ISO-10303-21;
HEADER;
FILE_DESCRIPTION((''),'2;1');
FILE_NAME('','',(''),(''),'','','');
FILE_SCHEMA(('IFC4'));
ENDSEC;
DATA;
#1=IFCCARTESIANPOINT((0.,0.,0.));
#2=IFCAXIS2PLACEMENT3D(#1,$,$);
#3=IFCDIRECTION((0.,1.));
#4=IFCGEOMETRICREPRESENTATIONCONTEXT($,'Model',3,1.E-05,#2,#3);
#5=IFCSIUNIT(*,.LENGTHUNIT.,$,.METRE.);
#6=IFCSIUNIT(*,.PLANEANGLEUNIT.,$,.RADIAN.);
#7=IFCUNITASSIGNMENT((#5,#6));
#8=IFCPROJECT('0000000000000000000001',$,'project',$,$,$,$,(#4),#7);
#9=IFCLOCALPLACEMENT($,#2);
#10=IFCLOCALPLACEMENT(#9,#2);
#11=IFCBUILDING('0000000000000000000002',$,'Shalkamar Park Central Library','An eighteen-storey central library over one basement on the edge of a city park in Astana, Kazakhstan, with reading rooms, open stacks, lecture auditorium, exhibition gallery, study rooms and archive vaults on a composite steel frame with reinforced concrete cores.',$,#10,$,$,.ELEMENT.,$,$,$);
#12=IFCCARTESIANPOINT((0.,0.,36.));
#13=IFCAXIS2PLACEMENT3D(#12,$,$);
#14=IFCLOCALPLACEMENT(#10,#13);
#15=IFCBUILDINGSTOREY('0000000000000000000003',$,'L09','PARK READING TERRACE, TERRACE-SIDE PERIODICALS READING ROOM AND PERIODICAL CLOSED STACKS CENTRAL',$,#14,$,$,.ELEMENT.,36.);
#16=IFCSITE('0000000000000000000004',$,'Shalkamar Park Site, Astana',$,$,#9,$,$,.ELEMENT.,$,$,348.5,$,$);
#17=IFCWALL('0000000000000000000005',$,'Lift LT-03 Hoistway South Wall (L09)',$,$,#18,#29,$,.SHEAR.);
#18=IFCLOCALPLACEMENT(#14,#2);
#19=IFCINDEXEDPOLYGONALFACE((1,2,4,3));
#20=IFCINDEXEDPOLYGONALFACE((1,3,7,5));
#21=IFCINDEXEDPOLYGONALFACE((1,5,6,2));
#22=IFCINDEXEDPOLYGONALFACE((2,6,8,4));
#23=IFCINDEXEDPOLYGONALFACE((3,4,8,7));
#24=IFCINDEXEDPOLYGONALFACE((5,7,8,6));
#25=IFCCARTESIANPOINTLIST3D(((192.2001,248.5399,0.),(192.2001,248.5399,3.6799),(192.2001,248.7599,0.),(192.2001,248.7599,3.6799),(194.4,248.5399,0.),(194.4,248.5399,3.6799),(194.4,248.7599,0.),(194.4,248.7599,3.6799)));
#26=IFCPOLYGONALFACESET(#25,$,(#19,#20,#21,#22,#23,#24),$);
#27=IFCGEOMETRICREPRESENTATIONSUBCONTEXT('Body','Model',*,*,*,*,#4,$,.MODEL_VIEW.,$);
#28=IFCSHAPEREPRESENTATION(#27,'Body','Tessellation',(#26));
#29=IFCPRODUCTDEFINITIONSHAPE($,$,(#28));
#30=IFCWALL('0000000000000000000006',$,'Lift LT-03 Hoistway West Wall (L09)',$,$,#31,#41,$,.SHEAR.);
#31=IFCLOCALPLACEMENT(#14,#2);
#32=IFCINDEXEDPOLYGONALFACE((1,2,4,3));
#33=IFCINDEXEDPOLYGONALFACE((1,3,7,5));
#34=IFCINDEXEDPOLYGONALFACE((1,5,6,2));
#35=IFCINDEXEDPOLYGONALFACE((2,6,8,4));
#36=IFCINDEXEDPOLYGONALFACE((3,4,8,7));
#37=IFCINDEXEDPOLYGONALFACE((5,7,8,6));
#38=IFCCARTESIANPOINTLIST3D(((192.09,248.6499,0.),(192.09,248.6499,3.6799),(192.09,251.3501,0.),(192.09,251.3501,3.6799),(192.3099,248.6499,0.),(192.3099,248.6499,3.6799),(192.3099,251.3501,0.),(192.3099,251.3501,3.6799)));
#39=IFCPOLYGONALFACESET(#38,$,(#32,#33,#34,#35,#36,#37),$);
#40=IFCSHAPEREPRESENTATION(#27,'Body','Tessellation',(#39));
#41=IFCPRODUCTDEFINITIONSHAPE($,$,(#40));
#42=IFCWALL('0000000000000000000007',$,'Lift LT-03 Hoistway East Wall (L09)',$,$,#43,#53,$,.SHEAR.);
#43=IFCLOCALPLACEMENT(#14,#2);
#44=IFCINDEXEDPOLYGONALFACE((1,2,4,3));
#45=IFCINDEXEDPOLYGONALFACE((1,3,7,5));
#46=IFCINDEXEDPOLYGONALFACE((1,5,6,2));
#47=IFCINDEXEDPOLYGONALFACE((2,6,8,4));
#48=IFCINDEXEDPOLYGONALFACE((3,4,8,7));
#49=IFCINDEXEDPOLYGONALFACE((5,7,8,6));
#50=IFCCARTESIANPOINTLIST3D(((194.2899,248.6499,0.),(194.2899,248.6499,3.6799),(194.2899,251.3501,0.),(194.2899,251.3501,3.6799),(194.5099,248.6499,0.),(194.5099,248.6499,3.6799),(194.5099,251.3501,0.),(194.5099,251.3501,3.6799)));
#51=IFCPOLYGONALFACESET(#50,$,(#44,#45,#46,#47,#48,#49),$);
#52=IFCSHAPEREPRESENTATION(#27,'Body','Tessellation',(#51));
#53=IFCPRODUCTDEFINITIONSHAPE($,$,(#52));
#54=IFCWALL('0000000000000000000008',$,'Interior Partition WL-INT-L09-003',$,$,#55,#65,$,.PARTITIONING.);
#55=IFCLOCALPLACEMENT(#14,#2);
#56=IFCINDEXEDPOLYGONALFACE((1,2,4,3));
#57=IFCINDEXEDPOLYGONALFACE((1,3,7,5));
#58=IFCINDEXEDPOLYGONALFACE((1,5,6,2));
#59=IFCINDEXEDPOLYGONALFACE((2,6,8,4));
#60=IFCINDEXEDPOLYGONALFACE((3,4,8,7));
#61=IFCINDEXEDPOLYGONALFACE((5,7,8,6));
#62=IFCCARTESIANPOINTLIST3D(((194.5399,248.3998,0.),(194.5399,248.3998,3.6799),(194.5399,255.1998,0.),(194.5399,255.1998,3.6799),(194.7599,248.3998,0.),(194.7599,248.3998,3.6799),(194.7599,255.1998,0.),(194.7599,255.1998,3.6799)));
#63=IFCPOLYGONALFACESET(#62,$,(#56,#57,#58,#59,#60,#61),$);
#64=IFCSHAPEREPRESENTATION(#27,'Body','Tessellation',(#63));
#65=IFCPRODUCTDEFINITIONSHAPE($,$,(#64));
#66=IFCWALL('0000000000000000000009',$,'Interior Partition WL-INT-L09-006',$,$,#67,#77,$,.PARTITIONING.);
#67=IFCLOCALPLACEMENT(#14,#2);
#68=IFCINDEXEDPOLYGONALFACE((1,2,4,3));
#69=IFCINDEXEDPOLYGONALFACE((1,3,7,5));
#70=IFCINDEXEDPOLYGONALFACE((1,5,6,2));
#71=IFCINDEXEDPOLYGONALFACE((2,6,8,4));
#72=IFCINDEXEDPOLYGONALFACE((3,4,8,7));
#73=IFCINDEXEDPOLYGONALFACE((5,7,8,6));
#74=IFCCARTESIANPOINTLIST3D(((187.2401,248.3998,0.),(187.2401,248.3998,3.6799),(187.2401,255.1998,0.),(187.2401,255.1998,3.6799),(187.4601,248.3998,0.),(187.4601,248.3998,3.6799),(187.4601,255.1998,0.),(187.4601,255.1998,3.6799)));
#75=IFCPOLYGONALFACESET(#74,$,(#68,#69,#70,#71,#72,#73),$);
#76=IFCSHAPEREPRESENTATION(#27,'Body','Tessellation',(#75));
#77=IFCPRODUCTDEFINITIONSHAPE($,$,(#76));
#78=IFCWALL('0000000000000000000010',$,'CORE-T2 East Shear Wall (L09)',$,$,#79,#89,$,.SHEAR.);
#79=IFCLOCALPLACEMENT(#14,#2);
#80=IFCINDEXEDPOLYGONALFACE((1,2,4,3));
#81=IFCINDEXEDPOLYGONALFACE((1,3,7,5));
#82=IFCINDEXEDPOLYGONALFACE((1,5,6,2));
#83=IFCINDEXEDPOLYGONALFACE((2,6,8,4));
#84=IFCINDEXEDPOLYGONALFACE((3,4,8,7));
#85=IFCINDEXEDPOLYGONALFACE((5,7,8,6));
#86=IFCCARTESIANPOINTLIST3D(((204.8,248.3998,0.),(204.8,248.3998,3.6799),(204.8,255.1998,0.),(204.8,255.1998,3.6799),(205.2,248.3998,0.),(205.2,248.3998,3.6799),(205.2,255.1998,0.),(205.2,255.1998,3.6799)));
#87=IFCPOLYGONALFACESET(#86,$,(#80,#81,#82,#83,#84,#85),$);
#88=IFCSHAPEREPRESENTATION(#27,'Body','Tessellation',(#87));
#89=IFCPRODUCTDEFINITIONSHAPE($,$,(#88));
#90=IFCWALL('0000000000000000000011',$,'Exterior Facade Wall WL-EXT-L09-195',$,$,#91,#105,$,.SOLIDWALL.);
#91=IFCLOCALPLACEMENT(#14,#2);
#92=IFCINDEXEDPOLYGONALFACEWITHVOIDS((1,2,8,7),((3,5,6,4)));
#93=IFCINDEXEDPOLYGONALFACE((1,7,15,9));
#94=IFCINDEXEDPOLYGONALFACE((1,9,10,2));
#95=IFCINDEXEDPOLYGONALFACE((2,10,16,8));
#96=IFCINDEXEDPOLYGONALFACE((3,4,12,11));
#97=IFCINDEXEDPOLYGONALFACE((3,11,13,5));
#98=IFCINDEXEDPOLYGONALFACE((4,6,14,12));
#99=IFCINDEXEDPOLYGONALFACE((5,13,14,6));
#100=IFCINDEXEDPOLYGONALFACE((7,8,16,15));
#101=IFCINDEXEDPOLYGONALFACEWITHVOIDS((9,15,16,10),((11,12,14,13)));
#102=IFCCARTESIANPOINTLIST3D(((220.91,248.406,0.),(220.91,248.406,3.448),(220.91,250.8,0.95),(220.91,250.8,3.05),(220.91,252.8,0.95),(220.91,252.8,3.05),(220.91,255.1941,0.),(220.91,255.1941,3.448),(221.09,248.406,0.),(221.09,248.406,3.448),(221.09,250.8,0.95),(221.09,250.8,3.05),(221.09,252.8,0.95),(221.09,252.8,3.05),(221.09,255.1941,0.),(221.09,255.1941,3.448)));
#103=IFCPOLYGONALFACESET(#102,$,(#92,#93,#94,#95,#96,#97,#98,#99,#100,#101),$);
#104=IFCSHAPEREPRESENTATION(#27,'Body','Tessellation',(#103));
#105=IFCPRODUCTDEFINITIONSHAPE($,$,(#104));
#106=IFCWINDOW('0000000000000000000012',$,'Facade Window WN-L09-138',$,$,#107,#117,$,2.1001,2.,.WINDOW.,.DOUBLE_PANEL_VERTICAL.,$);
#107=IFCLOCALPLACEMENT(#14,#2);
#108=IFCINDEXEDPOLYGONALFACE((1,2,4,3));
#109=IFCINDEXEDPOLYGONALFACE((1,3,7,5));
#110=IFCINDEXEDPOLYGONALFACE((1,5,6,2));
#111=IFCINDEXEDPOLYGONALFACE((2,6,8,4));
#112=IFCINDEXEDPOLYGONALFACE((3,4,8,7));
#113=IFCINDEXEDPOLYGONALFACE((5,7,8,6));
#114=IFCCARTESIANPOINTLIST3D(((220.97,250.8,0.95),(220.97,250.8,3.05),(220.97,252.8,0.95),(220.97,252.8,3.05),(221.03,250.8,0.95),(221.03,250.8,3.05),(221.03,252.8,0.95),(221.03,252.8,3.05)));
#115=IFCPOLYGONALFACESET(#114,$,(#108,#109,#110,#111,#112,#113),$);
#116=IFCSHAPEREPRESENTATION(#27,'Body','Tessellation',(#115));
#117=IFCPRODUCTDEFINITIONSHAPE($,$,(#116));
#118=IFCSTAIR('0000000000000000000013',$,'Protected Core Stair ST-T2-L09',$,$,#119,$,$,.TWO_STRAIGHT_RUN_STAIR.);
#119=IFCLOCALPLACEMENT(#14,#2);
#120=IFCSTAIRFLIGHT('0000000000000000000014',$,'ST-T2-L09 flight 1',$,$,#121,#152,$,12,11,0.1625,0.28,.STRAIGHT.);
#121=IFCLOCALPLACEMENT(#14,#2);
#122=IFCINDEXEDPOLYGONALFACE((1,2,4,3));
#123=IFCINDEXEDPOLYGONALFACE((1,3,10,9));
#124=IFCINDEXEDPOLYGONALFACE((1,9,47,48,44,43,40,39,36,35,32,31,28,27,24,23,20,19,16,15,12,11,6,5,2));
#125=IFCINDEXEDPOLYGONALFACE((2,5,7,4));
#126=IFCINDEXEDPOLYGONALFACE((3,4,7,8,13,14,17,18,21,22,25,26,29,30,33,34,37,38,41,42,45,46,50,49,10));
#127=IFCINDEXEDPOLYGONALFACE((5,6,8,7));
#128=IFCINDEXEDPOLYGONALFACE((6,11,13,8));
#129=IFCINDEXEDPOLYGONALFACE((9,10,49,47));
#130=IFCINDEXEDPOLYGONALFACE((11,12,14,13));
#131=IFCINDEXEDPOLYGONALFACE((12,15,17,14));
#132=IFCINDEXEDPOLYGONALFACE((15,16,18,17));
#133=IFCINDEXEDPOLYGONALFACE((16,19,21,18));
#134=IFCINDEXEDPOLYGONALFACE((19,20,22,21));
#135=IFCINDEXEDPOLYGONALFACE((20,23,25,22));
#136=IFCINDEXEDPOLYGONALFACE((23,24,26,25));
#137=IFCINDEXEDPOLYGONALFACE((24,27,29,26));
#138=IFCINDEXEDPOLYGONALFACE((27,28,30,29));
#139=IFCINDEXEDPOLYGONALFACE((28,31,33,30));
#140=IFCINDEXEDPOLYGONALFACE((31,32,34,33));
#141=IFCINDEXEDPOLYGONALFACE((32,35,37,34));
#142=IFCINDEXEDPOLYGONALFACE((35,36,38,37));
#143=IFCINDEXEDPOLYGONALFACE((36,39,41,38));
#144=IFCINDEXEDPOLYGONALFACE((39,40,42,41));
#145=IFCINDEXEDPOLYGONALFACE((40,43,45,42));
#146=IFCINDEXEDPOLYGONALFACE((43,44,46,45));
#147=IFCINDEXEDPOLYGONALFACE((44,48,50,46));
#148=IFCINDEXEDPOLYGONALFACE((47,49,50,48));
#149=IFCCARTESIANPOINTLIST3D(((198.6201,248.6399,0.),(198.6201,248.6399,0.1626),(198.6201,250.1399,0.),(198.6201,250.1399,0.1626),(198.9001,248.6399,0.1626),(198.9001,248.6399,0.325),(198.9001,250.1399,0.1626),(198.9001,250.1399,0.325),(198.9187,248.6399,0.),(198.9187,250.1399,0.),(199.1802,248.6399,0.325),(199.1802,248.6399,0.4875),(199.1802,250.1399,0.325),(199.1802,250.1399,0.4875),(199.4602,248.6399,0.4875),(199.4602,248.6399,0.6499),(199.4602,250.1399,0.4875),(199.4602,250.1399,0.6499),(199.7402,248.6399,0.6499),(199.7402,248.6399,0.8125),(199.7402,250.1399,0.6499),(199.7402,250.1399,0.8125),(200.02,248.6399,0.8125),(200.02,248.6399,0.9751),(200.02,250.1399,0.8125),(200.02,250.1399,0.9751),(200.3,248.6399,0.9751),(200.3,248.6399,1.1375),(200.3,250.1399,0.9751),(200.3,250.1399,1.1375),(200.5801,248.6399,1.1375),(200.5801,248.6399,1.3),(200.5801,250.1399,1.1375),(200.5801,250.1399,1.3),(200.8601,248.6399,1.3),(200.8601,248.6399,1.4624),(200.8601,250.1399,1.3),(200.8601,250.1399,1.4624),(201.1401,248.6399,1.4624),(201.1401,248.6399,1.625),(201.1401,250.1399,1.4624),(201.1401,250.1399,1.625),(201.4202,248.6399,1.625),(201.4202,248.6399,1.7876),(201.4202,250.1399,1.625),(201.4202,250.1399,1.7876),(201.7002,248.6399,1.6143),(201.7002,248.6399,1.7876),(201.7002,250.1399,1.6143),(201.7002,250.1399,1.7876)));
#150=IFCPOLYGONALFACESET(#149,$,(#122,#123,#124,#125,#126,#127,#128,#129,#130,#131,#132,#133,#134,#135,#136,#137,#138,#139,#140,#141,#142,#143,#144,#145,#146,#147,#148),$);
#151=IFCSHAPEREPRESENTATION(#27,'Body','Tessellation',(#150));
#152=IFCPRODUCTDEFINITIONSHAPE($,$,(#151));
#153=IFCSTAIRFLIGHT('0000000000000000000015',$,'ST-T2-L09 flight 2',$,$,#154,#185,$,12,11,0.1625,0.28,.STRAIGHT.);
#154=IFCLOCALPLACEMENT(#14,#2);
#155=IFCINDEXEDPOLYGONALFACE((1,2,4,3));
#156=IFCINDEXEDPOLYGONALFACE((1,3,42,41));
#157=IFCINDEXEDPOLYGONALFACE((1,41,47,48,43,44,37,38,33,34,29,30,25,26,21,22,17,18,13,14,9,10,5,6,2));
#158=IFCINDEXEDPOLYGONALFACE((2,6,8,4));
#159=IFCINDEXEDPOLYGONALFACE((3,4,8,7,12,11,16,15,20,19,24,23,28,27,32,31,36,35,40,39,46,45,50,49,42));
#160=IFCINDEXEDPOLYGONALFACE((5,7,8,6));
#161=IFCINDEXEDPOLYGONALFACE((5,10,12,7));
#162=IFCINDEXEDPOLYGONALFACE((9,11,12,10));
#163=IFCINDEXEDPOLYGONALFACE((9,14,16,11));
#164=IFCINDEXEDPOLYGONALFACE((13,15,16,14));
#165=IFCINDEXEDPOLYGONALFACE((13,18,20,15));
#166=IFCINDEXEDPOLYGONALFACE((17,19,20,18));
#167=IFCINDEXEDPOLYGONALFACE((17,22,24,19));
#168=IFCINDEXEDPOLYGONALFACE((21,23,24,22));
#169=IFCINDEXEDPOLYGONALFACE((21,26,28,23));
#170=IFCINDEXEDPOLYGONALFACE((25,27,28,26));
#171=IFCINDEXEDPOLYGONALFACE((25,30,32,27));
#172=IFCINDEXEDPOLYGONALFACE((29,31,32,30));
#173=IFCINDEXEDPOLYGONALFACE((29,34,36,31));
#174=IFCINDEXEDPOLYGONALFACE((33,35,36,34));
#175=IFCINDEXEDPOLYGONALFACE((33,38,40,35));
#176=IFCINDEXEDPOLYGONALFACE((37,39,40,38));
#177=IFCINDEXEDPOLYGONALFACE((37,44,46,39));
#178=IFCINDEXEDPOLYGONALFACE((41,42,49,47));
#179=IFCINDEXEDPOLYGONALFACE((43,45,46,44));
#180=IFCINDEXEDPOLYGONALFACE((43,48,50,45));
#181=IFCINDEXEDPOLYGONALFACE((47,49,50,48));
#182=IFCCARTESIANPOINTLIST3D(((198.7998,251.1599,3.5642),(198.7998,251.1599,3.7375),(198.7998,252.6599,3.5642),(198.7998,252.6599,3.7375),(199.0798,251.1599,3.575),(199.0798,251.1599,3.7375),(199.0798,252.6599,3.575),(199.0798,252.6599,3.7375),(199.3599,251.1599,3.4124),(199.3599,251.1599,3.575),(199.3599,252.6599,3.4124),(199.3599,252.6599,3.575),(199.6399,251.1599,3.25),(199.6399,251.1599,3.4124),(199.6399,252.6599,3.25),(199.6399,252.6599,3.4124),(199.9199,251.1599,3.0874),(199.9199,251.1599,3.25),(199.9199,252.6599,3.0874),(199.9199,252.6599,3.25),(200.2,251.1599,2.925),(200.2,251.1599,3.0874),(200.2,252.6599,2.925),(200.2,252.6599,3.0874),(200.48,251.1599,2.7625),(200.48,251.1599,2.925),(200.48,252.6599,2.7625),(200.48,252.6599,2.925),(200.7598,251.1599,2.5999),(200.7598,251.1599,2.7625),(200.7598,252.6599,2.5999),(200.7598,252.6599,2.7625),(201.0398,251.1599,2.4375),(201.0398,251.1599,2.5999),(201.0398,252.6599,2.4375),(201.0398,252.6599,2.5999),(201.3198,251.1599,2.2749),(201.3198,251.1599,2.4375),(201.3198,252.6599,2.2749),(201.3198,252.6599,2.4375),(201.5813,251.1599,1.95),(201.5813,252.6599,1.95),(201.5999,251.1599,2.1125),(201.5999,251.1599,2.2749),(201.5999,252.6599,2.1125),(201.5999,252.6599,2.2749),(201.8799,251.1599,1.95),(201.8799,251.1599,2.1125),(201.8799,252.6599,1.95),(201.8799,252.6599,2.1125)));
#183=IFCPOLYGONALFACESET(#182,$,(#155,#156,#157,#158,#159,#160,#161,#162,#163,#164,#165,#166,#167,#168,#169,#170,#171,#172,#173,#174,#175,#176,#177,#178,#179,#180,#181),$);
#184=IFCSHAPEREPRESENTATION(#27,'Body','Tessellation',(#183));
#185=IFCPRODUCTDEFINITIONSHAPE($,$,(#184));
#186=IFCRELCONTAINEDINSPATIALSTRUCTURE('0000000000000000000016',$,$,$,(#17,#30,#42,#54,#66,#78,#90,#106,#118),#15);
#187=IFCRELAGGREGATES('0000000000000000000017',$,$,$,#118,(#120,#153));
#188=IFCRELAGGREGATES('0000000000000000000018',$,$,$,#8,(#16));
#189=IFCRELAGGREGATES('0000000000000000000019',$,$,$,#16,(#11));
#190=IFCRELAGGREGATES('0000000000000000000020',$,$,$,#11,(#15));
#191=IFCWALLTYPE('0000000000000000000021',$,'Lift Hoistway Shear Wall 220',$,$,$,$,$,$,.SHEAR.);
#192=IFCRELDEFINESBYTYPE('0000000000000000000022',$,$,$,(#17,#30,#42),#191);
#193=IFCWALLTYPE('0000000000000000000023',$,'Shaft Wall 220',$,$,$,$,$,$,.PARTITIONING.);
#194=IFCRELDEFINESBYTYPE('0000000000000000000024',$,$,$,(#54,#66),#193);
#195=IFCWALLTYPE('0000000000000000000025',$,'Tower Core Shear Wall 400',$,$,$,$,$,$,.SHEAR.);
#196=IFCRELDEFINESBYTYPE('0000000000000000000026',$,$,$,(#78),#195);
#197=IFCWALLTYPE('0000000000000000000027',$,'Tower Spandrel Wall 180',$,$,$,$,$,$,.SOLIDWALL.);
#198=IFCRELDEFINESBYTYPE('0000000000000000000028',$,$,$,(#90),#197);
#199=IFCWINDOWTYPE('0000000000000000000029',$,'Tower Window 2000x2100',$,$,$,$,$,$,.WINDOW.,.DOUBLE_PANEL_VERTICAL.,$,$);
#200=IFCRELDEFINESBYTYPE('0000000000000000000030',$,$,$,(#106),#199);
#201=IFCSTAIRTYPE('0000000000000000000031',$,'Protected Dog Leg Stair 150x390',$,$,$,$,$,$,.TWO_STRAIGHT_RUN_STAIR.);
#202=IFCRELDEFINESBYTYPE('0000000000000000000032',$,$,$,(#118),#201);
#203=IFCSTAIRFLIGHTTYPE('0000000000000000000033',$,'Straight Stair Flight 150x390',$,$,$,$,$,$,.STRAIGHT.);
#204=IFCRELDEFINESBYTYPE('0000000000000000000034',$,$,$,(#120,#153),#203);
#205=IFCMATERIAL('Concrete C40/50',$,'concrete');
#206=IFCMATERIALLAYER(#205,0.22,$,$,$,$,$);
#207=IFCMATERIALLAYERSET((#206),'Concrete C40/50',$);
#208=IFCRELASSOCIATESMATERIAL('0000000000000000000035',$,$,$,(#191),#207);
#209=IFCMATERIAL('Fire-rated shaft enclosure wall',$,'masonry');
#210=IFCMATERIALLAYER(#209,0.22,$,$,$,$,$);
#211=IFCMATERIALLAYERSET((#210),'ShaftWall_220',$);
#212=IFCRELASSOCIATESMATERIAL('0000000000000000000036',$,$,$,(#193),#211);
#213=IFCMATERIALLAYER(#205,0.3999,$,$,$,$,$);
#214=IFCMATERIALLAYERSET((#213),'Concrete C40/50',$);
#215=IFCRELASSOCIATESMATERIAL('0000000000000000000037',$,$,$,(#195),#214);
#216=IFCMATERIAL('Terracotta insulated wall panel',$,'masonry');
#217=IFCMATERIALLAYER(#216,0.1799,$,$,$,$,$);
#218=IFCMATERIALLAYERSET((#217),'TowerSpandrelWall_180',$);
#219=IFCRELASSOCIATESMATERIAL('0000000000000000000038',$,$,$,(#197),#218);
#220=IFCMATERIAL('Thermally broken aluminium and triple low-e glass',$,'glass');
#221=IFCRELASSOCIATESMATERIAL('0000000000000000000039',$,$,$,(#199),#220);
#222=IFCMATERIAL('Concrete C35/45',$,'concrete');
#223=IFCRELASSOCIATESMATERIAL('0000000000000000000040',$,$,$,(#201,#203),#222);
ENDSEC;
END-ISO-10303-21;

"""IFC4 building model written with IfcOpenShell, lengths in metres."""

from ifc_helpers import new_model, si_unit, direction, frame, frame_2d, origin, place, context, subcontext, project, spatial, polyline, rectangle, outline, extrude, material, layer, layer_set, type_object, element, fill, aggregate, save


model = new_model("IFC4")

# Units and contexts
model_context = context("Model", 3, precision=1e-05, world=origin(), true_north=direction((0.0, 1.0)))
body_context = subcontext(model_context, "Body", "Model", "MODEL_VIEW")
ifc_project = project(units=[si_unit("LENGTHUNIT", "METRE"), si_unit("PLANEANGLEUNIT", "RADIAN")], contexts=[model_context])

# Site, building, storey
site_placement = place(None, origin())
site = spatial("IfcSite", under=ifc_project, at=site_placement, Name="Shalkamar Park Site, Astana", CompositionType="ELEMENT", RefElevation=348.5)
building_placement = place(site_placement, origin())
building = spatial("IfcBuilding", under=site, at=building_placement, Name="Shalkamar Park Central Library", Description="An eighteen-storey central library over one basement on the edge of a city park in Astana, Kazakhstan, with reading rooms, open stacks, lecture auditorium, exhibition gallery, study rooms and archive vaults on a composite steel frame with reinforced concrete cores.", CompositionType="ELEMENT")
storey_placement = place(building_placement, frame((0.0, 0.0, 36.0)))
storey = spatial("IfcBuildingStorey", under=building, at=storey_placement, Name="L09", Description="PARK READING TERRACE, TERRACE-SIDE PERIODICALS READING ROOM AND PERIODICAL CLOSED STACKS CENTRAL", CompositionType="ELEMENT", Elevation=36.0)

# Shared definitions
ifc_material_1 = material(Name="Concrete C40/50", Category="concrete")
ifc_layer_1 = layer(ifc_material_1, 0.22)
ifc_layer_set_1 = layer_set([ifc_layer_1], Name="Concrete C40/50")
wall_type_1 = type_object("IfcWallType", Name="Lift Hoistway Shear Wall 220", PredefinedType="SHEAR", material=ifc_layer_set_1)

# Walls
wall_1_placement = place(storey_placement, frame((192.2, 248.6499, 0.0), z_axis=(0.0, 0.0, 1.0), x_axis=(1.0, 0.0, 0.0)))
element("IfcWall", 1, at=wall_1_placement, inside=storey, type_object=wall_type_1, Name="Lift LT-03 Hoistway South Wall (L09)", PredefinedType="SHEAR", context=body_context, shape_type="SweptSolid", body=[
    extrude(rectangle(XDim=2.2, YDim=0.22, at=frame_2d((1.1001, 0.0))), origin(), (0.0, 0.0, 1.0), 3.6799),
])
for number, where, z_axis, x_axis, name in (
    (2, (192.2, 248.6499, 0.0), (0.0, 0.0, 1.0), (0.0, 1.0, 0.0), "Lift LT-03 Hoistway West Wall (L09)"),
    (3, (194.3999, 248.6499, 0.0), (0.0, 0.0, 1.0), (0.0, 1.0, 0.0), "Lift LT-03 Hoistway East Wall (L09)"),
):
    element("IfcWall", number, at=place(storey_placement, frame(where, z_axis=z_axis, x_axis=x_axis)), inside=storey, type_object=wall_type_1, Name=name, PredefinedType="SHEAR", context=body_context, shape_type="SweptSolid", body=[
        extrude(rectangle(XDim=2.7002, YDim=0.22, at=frame_2d((1.3501, 0.0))), origin(), (0.0, 0.0, 1.0), 3.6799),
    ])

# Walls
ifc_material_2 = material(Name="Fire-rated shaft enclosure wall", Category="masonry")
ifc_layer_2 = layer(ifc_material_2, 0.22)
ifc_layer_set_2 = layer_set([ifc_layer_2], Name="ShaftWall_220")
wall_type_2 = type_object("IfcWallType", Name="Shaft Wall 220", PredefinedType="PARTITIONING", material=ifc_layer_set_2)
for number, where, z_axis, x_axis, name in (
    (4, (194.6499, 248.3999, 0.0), (0.0, 0.0, 1.0), (0.0, 1.0, 0.0), "Interior Partition WL-INT-L09-003"),
    (5, (187.3501, 248.3999, 0.0), (0.0, 0.0, 1.0), (0.0, 1.0, 0.0), "Interior Partition WL-INT-L09-006"),
):
    element("IfcWall", number, at=place(storey_placement, frame(where, z_axis=z_axis, x_axis=x_axis)), inside=storey, type_object=wall_type_2, Name=name, PredefinedType="PARTITIONING", context=body_context, shape_type="SweptSolid", body=[
        extrude(rectangle(XDim=6.8, YDim=0.22, at=frame_2d((3.3999, 0.0))), origin(), (0.0, 0.0, 1.0), 3.6799),
    ])
ifc_layer_3 = layer(ifc_material_1, 0.3999)
ifc_layer_set_3 = layer_set([ifc_layer_3], Name="Concrete C40/50")
wall_type_3 = type_object("IfcWallType", Name="Tower Core Shear Wall 400", PredefinedType="SHEAR", material=ifc_layer_set_3)
wall_2_placement = place(storey_placement, frame((205.0, 248.3999, 0.0), z_axis=(0.0, 0.0, 1.0), x_axis=(0.0, 1.0, 0.0)))
element("IfcWall", 6, at=wall_2_placement, inside=storey, type_object=wall_type_3, Name="CORE-T2 East Shear Wall (L09)", PredefinedType="SHEAR", context=body_context, shape_type="SweptSolid", body=[
    extrude(rectangle(XDim=6.8, YDim=0.3999, at=frame_2d((3.3999, 0.0))), origin(), (0.0, 0.0, 1.0), 3.6799),
])

# Wall, opening, window
ifc_material_3 = material(Name="Terracotta insulated wall panel", Category="masonry")
ifc_layer_4 = layer(ifc_material_3, 0.1799)
ifc_layer_set_4 = layer_set([ifc_layer_4], Name="TowerSpandrelWall_180")
wall_type_4 = type_object("IfcWallType", Name="Tower Spandrel Wall 180", PredefinedType="SOLIDWALL", material=ifc_layer_set_4)
wall_3_placement = place(storey_placement, frame((221.0, 248.406, 0.0), z_axis=(0.0, 0.0, 1.0), x_axis=(0.0, 1.0, 0.0)))
wall_3 = element("IfcWall", 7, at=wall_3_placement, inside=storey, type_object=wall_type_4, Name="Exterior Facade Wall WL-EXT-L09-195", PredefinedType="SOLIDWALL", context=body_context, shape_type="SweptSolid", body=[
    extrude(rectangle(XDim=6.7881, YDim=0.1799, at=frame_2d((3.394, 0.0))), origin(), (0.0, 0.0, 1.0), 3.448),
])
opening_1_placement = place(wall_3_placement, frame((2.394, 0.0, 0.95)))
opening_1 = element("IfcOpeningElement", 8, at=opening_1_placement, cuts=wall_3, PredefinedType="OPENING", context=body_context, shape_type="SweptSolid", body=[
    extrude(rectangle(XDim=2.0, YDim=2.1001, at=frame_2d((1.0, 1.05))), frame((0.0, 0.105, 0.0), z_axis=(0.0, -1.0, 0.0), x_axis=(1.0, 0.0, 0.0)), (0.0, 0.0, 1.0), 0.2097),
])
ifc_material_4 = material(Name="Thermally broken aluminium and triple low-e glass", Category="glass")
window_type = type_object("IfcWindowType", Name="Tower Window 2000x2100", PartitioningType="DOUBLE_PANEL_VERTICAL", PredefinedType="WINDOW", material=ifc_material_4)
window_placement = place(opening_1_placement, origin())
window = element("IfcWindow", 9, at=window_placement, inside=storey, type_object=window_type, Name="Facade Window WN-L09-138", OverallHeight=2.1001, OverallWidth=2.0, PartitioningType="DOUBLE_PANEL_VERTICAL", PredefinedType="WINDOW", context=body_context, shape_type="SweptSolid", body=[
    extrude(rectangle(XDim=2.0, YDim=2.1001, at=frame_2d((1.0, 1.05))), frame((0.0, 0.03, 0.0), z_axis=(0.0, -1.0, 0.0), x_axis=(1.0, 0.0, 0.0)), (0.0, 0.0, 1.0), 0.0601),
])
fill(opening_1, window)

# Stair, stair flights
ifc_material_5 = material(Name="Concrete C35/45", Category="concrete")
stair_type = type_object("IfcStairType", Name="Protected Dog Leg Stair 150x390", PredefinedType="TWO_STRAIGHT_RUN_STAIR", material=ifc_material_5)
stair_placement = place(storey_placement, origin())
stair = element("IfcStair", 10, at=stair_placement, inside=storey, type_object=stair_type, Name="Protected Core Stair ST-T2-L09", PredefinedType="TWO_STRAIGHT_RUN_STAIR")
stair_flight_type = type_object("IfcStairFlightType", Name="Straight Stair Flight 150x390", PredefinedType="STRAIGHT", material=ifc_material_5)
stair_flight_1_placement = place(storey_placement, frame((198.6201, 249.3899, 0.0), z_axis=(0.0, 0.0, 1.0), x_axis=(1.0, 0.0, 0.0)))
stair_flight_1 = element("IfcStairFlight", 11, at=stair_flight_1_placement, type_object=stair_flight_type, Name="ST-T2-L09 flight 1", NumberOfRisers=12, NumberOfTreads=11, PredefinedType="STRAIGHT", RiserHeight=0.1625, TreadLength=0.28, context=body_context, shape_type="SweptSolid", body=[
    extrude(outline(polyline([(0.0, 0.0), (0.0, 0.1626), (0.28, 0.1626), (0.28, 0.325), (0.5601, 0.325), (0.5601, 0.4875), (0.8401, 0.4875), (0.8401, 0.6499), (1.1201, 0.6499), (1.1201, 0.8125), (1.3999, 0.8125), (1.3999, 0.9751), (1.6799, 0.9751), (1.6799, 1.1375), (1.96, 1.1375), (1.96, 1.3), (2.24, 1.3), (2.24, 1.4624), (2.52, 1.4624), (2.52, 1.625), (2.8, 1.625), (2.8, 1.7876), (3.0801, 1.7876), (3.0801, 1.95), (3.0801, 1.6143), (0.2986, 0.0), (0.0, 0.0)])), frame((0.0, 0.75, 0.0), z_axis=(0.0, -1.0, 0.0), x_axis=(1.0, 0.0, 0.0)), (0.0, 0.0, 1.0), 1.5),
])
stair_flight_2_placement = place(storey_placement, frame((201.8799, 251.9099, 1.95), z_axis=(0.0, 0.0, 1.0), x_axis=(-1.0, 0.0, 0.0)))
stair_flight_2 = element("IfcStairFlight", 12, at=stair_flight_2_placement, type_object=stair_flight_type, Name="ST-T2-L09 flight 2", NumberOfRisers=12, NumberOfTreads=11, PredefinedType="STRAIGHT", RiserHeight=0.1625, TreadLength=0.28, context=body_context, shape_type="SweptSolid", body=[
    extrude(outline(polyline([(0.0, 0.0), (0.0, 0.1626), (0.28, 0.1626), (0.28, 0.325), (0.5601, 0.325), (0.5601, 0.4875), (0.8401, 0.4875), (0.8401, 0.6499), (1.1201, 0.6499), (1.1201, 0.8125), (1.3999, 0.8125), (1.3999, 0.9751), (1.6799, 0.9751), (1.6799, 1.1375), (1.96, 1.1375), (1.96, 1.3), (2.24, 1.3), (2.24, 1.4624), (2.52, 1.4624), (2.52, 1.625), (2.8, 1.625), (2.8, 1.7876), (3.0801, 1.7876), (3.0801, 1.95), (3.0801, 1.6143), (0.2986, 0.0), (0.0, 0.0)])), frame((0.0, 0.75, 0.0), z_axis=(0.0, -1.0, 0.0), x_axis=(1.0, 0.0, 0.0)), (0.0, 0.0, 1.0), 1.5),
])
aggregate(stair, [stair_flight_1, stair_flight_2])

save(model, "model.ifc")
